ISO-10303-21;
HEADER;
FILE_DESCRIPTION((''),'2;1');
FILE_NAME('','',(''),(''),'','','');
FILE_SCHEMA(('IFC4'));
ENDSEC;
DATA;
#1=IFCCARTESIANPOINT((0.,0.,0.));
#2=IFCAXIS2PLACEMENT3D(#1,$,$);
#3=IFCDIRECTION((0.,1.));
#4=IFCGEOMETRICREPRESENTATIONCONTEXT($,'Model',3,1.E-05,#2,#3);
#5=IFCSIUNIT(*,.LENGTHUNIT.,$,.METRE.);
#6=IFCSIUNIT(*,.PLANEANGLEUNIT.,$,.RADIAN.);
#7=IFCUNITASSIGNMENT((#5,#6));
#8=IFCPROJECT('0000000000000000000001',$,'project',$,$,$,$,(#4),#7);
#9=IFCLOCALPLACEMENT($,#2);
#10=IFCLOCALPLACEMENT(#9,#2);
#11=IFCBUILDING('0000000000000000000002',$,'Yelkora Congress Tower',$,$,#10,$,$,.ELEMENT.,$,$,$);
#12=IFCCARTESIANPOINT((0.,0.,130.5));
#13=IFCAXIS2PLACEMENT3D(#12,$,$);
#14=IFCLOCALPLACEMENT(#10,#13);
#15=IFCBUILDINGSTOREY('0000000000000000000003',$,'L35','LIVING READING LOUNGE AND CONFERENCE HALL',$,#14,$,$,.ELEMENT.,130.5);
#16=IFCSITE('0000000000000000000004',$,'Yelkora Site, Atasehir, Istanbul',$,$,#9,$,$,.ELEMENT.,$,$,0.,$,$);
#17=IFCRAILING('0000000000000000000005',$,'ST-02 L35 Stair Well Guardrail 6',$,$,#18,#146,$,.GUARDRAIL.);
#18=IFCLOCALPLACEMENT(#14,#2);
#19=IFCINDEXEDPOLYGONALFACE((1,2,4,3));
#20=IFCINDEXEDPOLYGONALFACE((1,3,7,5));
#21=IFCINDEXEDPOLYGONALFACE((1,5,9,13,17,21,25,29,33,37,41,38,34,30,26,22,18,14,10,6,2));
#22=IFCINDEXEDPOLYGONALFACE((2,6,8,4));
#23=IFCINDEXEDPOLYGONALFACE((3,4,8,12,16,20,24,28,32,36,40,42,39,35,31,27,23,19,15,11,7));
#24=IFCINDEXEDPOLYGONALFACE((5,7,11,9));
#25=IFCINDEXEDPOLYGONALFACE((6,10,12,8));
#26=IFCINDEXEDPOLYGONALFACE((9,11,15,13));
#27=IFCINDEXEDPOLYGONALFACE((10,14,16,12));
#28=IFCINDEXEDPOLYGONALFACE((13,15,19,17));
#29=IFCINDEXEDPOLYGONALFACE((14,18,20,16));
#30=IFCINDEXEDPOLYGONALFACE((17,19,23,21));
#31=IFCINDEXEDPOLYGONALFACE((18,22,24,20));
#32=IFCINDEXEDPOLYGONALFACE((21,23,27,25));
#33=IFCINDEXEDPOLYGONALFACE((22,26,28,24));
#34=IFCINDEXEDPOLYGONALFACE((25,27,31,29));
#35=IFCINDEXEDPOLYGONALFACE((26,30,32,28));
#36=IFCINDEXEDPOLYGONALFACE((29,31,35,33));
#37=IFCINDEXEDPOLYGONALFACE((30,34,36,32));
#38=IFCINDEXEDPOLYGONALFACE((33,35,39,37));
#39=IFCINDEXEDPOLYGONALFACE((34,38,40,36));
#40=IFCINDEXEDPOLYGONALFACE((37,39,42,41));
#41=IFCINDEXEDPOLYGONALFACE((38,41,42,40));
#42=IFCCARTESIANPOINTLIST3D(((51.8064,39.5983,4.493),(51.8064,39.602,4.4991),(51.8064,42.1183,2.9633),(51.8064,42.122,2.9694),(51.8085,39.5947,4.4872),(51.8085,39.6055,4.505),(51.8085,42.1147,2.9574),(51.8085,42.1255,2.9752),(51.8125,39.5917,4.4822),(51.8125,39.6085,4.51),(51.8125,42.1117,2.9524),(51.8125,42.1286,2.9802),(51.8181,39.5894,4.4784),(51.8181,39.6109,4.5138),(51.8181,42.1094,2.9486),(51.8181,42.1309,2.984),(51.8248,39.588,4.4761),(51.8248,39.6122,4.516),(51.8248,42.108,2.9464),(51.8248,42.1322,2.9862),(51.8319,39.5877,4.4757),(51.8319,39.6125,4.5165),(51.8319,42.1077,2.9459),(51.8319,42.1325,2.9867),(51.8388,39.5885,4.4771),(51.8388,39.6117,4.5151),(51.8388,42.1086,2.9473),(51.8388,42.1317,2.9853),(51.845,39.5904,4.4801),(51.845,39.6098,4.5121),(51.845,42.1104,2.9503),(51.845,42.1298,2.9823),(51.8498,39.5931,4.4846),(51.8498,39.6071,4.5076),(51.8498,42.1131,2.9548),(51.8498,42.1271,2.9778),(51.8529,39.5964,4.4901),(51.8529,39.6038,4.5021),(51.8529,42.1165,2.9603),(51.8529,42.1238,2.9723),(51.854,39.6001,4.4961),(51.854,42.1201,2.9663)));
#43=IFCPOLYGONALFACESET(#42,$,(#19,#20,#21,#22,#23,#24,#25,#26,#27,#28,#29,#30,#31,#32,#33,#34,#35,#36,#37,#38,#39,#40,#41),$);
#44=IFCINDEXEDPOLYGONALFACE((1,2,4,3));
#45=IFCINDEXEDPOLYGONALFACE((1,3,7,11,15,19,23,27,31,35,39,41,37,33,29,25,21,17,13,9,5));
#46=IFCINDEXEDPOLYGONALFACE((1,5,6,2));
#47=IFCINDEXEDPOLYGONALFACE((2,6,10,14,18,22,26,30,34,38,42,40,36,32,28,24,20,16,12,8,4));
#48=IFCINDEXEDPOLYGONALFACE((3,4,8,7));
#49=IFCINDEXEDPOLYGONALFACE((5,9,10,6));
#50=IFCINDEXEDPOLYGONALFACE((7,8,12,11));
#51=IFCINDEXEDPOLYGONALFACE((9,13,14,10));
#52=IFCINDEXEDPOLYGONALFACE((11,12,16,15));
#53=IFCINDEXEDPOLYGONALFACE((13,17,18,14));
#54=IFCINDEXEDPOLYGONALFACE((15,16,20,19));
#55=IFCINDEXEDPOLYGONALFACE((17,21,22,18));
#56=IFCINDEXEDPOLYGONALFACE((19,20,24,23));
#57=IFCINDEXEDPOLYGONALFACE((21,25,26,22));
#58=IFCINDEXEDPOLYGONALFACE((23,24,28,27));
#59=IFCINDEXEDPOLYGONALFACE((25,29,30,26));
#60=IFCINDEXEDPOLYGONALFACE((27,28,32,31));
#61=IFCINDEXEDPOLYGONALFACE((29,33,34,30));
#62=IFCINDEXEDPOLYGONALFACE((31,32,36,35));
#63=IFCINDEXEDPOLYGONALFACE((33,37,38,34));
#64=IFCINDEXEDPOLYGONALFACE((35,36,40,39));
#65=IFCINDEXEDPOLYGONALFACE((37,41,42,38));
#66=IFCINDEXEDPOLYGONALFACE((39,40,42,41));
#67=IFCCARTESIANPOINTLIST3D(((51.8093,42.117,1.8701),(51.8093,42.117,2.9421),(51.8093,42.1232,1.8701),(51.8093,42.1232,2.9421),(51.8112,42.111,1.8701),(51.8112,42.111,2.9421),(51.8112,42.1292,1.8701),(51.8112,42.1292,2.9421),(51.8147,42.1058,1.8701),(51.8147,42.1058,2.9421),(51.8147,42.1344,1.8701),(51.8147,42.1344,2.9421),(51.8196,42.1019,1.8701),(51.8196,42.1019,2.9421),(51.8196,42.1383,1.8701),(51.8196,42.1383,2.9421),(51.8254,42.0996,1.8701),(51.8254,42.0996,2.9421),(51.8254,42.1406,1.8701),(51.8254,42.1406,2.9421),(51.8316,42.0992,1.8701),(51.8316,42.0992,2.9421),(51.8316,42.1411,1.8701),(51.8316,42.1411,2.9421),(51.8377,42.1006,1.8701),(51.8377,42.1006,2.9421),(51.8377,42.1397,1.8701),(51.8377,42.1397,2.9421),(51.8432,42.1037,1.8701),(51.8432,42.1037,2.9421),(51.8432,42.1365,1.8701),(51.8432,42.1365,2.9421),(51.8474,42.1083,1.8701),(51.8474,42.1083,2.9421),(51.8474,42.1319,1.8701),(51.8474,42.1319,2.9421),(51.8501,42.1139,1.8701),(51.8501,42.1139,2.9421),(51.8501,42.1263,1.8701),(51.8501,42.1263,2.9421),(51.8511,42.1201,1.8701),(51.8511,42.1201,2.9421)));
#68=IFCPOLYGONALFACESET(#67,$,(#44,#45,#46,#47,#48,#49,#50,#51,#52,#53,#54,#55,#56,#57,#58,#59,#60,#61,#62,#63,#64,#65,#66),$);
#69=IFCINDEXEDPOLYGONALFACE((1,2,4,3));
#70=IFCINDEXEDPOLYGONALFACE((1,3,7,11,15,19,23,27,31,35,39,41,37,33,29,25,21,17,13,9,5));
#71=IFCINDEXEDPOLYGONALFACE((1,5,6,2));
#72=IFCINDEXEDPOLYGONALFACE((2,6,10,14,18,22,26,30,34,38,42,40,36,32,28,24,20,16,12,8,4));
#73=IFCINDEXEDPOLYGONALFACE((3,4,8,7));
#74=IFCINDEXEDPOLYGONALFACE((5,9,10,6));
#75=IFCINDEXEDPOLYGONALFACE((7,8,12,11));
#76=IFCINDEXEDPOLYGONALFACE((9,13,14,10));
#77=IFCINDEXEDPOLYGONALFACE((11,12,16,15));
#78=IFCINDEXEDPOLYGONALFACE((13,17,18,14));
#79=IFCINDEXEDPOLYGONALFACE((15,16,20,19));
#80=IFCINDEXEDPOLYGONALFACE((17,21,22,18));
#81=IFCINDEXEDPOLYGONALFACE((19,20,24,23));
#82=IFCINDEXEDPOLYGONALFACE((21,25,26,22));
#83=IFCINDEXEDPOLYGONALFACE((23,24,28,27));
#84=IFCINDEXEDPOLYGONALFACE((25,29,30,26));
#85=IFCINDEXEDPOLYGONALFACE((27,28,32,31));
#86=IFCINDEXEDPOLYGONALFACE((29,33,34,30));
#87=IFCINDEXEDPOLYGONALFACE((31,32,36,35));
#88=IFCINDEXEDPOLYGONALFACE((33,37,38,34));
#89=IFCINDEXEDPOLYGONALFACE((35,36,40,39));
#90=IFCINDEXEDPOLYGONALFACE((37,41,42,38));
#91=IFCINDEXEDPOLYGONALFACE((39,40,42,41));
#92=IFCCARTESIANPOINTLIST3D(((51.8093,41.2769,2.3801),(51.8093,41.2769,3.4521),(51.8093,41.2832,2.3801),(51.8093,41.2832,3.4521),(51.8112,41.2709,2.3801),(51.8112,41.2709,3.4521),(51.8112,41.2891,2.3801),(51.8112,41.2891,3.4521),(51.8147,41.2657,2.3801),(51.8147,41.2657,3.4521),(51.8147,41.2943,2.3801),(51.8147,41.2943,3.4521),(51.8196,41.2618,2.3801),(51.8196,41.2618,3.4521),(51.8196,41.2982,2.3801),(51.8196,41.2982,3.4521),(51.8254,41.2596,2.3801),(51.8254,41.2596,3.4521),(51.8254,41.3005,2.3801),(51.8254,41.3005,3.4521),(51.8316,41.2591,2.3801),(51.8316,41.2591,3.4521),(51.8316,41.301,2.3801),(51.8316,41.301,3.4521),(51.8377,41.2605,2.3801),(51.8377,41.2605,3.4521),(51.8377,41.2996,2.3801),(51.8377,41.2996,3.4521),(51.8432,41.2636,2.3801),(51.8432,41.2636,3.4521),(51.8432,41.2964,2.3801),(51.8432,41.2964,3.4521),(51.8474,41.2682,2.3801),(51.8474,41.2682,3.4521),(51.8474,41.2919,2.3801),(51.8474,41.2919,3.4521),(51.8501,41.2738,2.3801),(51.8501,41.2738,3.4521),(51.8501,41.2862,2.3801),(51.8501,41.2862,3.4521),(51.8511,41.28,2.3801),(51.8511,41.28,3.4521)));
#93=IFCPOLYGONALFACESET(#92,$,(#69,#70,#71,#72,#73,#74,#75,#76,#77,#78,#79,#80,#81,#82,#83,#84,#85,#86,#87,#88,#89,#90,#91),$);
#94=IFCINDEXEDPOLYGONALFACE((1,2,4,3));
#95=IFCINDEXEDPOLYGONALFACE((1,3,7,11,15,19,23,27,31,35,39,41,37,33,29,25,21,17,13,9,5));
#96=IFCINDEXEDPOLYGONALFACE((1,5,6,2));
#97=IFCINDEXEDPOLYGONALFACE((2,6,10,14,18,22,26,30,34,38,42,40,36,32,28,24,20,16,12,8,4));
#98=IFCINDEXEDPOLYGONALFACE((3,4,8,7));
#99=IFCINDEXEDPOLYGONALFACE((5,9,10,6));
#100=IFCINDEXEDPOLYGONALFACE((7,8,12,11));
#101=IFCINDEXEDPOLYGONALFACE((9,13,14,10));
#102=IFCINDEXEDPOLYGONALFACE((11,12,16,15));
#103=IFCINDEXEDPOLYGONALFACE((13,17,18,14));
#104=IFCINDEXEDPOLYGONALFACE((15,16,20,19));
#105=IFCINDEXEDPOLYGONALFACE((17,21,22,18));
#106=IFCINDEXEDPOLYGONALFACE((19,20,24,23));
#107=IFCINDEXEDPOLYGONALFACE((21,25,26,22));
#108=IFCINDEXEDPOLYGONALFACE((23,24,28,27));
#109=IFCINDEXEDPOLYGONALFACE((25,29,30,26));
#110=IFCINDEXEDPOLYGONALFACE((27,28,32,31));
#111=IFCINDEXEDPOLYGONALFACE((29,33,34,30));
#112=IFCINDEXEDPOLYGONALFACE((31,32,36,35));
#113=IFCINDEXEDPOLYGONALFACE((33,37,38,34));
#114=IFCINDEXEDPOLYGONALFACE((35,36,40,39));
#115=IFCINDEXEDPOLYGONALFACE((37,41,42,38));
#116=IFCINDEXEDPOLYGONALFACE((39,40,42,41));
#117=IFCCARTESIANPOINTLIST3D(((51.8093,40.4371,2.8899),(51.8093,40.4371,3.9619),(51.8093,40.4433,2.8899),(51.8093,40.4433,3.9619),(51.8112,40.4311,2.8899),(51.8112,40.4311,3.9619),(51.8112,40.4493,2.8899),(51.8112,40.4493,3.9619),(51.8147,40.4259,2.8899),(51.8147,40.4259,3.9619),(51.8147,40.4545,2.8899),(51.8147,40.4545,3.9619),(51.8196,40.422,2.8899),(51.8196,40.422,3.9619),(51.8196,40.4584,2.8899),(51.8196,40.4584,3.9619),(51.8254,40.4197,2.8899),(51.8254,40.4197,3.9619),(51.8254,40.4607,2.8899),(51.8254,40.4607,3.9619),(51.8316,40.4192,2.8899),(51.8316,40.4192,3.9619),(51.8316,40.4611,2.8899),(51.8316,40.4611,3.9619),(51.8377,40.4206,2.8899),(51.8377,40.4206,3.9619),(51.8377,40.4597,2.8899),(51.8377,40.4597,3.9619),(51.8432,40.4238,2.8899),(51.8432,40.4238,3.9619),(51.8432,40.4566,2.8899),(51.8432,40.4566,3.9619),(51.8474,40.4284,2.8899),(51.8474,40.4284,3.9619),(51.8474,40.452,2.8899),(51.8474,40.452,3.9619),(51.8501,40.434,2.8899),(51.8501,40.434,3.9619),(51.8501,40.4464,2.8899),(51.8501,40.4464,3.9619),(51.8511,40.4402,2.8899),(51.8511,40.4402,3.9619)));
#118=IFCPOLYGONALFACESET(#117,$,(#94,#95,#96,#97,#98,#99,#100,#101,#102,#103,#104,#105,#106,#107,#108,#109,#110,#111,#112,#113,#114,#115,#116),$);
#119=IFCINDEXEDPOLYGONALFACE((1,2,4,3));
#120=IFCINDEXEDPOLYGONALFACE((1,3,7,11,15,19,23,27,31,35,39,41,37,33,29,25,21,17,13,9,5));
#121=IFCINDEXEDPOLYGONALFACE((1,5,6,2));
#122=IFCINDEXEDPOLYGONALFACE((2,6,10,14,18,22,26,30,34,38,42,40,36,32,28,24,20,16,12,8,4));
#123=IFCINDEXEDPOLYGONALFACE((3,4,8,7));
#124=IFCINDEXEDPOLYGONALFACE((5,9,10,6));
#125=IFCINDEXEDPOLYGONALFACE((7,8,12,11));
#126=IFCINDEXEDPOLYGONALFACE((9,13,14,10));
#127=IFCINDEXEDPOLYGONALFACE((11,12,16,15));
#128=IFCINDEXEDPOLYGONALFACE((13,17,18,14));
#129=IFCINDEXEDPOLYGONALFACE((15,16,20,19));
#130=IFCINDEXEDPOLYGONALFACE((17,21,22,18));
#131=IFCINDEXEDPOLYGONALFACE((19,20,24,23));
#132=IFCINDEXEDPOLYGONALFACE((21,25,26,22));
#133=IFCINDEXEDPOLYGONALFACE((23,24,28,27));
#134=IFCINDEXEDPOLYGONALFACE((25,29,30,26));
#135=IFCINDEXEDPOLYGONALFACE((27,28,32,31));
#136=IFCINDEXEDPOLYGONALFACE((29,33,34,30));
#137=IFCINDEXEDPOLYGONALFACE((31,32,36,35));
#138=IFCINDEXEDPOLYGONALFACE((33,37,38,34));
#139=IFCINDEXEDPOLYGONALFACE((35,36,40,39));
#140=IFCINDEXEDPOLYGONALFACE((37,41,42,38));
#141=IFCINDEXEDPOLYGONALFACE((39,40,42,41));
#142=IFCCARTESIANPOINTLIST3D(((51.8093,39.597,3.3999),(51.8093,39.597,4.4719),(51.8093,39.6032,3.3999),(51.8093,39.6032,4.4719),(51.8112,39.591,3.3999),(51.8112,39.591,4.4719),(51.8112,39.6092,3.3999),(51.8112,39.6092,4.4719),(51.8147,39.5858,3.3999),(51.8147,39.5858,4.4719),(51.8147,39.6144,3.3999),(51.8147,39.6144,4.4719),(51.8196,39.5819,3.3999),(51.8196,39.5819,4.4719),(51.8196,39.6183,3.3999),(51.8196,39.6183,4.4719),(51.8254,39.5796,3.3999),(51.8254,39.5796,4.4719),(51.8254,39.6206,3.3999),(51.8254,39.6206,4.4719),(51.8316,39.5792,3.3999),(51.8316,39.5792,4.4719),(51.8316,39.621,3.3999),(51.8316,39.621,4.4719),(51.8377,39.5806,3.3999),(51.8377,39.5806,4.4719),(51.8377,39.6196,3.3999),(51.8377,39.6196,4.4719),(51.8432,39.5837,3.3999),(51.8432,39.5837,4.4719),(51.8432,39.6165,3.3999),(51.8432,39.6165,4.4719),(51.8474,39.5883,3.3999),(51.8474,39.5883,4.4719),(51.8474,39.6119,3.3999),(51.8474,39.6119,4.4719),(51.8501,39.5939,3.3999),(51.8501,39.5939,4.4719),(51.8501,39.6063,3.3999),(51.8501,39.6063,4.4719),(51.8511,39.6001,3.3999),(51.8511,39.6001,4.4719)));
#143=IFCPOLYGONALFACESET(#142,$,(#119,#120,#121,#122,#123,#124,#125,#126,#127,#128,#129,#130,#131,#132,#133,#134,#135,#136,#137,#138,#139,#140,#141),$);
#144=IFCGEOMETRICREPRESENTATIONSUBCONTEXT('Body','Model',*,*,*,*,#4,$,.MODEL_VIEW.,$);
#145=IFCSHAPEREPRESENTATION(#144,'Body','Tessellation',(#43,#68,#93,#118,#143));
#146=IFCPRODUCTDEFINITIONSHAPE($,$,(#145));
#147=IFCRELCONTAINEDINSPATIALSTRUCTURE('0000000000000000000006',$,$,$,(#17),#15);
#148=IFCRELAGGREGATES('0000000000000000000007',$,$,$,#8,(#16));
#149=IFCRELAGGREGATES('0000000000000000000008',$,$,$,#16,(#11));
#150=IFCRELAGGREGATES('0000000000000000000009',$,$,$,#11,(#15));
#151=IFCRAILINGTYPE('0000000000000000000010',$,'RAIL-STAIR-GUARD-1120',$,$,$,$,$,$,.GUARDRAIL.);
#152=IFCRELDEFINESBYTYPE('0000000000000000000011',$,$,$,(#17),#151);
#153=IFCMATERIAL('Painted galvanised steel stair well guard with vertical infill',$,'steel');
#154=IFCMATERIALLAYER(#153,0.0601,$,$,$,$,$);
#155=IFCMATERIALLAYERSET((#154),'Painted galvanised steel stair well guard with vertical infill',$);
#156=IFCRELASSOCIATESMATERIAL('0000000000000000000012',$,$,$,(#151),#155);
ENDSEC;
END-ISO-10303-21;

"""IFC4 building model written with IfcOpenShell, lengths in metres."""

from ifc_helpers import new_model, si_unit, direction, frame, origin, origin_2d, place, context, subcontext, project, spatial, circle, extrude, material, layer, layer_set, type_object, element, save


model = new_model("IFC4")

# Units and contexts
model_context = context("Model", 3, precision=1e-05, world=origin(), true_north=direction((0.0, 1.0)))
body_context = subcontext(model_context, "Body", "Model", "MODEL_VIEW")
ifc_project = project(units=[si_unit("LENGTHUNIT", "METRE"), si_unit("PLANEANGLEUNIT", "RADIAN")], contexts=[model_context])

# Site, building, storey
site_placement = place(None, origin())
site = spatial("IfcSite", under=ifc_project, at=site_placement, Name="Yelkora Site, Atasehir, Istanbul", CompositionType="ELEMENT", RefElevation=0.0)
building_placement = place(site_placement, origin())
building = spatial("IfcBuilding", under=site, at=building_placement, Name="Yelkora Congress Tower", CompositionType="ELEMENT")
storey_placement = place(building_placement, frame((0.0, 0.0, 130.5)))
storey = spatial("IfcBuildingStorey", under=building, at=storey_placement, Name="L35", Description="LIVING READING LOUNGE AND CONFERENCE HALL", CompositionType="ELEMENT", Elevation=130.5)

# Railing
ifc_material_1 = material(Name="Painted galvanised steel stair well guard with vertical infill", Category="steel")
ifc_layer_1 = layer(ifc_material_1, 0.0601)
ifc_layer_set_1 = layer_set([ifc_layer_1], Name="Painted galvanised steel stair well guard with vertical infill")
railing_type_1 = type_object("IfcRailingType", Name="RAIL-STAIR-GUARD-1120", PredefinedType="GUARDRAIL", material=ifc_layer_set_1)
railing_1_placement = place(storey_placement, frame((51.8301, 42.1201, 1.8701)))
element("IfcRailing", 1, at=railing_1_placement, inside=storey, type_object=railing_type_1, Name="ST-02 L35 Stair Well Guardrail 6", PredefinedType="GUARDRAIL", context=body_context, shape_type="SweptSolid", body=[
    extrude(circle(Radius=0.0239, at=origin_2d()), frame((0.0, 0.0, 1.0962), z_axis=(0.0, -0.854822, 0.518922), x_axis=(1.0, 0.0, 0.0)), (0.0, 0.0, 1.0), 2.948),
    extrude(circle(Radius=0.021, at=origin_2d()), origin(), (0.0, 0.0, 1.0), 1.072),
    extrude(circle(Radius=0.021, at=origin_2d()), frame((0.0, -0.8401, 0.51)), (0.0, 0.0, 1.0), 1.072),
    extrude(circle(Radius=0.021, at=origin_2d()), frame((0.0, -1.6799, 1.0198)), (0.0, 0.0, 1.0), 1.072),
    extrude(circle(Radius=0.021, at=origin_2d()), frame((0.0, -2.52, 1.5298)), (0.0, 0.0, 1.0), 1.072),
])

save(model, "model.ifc")
